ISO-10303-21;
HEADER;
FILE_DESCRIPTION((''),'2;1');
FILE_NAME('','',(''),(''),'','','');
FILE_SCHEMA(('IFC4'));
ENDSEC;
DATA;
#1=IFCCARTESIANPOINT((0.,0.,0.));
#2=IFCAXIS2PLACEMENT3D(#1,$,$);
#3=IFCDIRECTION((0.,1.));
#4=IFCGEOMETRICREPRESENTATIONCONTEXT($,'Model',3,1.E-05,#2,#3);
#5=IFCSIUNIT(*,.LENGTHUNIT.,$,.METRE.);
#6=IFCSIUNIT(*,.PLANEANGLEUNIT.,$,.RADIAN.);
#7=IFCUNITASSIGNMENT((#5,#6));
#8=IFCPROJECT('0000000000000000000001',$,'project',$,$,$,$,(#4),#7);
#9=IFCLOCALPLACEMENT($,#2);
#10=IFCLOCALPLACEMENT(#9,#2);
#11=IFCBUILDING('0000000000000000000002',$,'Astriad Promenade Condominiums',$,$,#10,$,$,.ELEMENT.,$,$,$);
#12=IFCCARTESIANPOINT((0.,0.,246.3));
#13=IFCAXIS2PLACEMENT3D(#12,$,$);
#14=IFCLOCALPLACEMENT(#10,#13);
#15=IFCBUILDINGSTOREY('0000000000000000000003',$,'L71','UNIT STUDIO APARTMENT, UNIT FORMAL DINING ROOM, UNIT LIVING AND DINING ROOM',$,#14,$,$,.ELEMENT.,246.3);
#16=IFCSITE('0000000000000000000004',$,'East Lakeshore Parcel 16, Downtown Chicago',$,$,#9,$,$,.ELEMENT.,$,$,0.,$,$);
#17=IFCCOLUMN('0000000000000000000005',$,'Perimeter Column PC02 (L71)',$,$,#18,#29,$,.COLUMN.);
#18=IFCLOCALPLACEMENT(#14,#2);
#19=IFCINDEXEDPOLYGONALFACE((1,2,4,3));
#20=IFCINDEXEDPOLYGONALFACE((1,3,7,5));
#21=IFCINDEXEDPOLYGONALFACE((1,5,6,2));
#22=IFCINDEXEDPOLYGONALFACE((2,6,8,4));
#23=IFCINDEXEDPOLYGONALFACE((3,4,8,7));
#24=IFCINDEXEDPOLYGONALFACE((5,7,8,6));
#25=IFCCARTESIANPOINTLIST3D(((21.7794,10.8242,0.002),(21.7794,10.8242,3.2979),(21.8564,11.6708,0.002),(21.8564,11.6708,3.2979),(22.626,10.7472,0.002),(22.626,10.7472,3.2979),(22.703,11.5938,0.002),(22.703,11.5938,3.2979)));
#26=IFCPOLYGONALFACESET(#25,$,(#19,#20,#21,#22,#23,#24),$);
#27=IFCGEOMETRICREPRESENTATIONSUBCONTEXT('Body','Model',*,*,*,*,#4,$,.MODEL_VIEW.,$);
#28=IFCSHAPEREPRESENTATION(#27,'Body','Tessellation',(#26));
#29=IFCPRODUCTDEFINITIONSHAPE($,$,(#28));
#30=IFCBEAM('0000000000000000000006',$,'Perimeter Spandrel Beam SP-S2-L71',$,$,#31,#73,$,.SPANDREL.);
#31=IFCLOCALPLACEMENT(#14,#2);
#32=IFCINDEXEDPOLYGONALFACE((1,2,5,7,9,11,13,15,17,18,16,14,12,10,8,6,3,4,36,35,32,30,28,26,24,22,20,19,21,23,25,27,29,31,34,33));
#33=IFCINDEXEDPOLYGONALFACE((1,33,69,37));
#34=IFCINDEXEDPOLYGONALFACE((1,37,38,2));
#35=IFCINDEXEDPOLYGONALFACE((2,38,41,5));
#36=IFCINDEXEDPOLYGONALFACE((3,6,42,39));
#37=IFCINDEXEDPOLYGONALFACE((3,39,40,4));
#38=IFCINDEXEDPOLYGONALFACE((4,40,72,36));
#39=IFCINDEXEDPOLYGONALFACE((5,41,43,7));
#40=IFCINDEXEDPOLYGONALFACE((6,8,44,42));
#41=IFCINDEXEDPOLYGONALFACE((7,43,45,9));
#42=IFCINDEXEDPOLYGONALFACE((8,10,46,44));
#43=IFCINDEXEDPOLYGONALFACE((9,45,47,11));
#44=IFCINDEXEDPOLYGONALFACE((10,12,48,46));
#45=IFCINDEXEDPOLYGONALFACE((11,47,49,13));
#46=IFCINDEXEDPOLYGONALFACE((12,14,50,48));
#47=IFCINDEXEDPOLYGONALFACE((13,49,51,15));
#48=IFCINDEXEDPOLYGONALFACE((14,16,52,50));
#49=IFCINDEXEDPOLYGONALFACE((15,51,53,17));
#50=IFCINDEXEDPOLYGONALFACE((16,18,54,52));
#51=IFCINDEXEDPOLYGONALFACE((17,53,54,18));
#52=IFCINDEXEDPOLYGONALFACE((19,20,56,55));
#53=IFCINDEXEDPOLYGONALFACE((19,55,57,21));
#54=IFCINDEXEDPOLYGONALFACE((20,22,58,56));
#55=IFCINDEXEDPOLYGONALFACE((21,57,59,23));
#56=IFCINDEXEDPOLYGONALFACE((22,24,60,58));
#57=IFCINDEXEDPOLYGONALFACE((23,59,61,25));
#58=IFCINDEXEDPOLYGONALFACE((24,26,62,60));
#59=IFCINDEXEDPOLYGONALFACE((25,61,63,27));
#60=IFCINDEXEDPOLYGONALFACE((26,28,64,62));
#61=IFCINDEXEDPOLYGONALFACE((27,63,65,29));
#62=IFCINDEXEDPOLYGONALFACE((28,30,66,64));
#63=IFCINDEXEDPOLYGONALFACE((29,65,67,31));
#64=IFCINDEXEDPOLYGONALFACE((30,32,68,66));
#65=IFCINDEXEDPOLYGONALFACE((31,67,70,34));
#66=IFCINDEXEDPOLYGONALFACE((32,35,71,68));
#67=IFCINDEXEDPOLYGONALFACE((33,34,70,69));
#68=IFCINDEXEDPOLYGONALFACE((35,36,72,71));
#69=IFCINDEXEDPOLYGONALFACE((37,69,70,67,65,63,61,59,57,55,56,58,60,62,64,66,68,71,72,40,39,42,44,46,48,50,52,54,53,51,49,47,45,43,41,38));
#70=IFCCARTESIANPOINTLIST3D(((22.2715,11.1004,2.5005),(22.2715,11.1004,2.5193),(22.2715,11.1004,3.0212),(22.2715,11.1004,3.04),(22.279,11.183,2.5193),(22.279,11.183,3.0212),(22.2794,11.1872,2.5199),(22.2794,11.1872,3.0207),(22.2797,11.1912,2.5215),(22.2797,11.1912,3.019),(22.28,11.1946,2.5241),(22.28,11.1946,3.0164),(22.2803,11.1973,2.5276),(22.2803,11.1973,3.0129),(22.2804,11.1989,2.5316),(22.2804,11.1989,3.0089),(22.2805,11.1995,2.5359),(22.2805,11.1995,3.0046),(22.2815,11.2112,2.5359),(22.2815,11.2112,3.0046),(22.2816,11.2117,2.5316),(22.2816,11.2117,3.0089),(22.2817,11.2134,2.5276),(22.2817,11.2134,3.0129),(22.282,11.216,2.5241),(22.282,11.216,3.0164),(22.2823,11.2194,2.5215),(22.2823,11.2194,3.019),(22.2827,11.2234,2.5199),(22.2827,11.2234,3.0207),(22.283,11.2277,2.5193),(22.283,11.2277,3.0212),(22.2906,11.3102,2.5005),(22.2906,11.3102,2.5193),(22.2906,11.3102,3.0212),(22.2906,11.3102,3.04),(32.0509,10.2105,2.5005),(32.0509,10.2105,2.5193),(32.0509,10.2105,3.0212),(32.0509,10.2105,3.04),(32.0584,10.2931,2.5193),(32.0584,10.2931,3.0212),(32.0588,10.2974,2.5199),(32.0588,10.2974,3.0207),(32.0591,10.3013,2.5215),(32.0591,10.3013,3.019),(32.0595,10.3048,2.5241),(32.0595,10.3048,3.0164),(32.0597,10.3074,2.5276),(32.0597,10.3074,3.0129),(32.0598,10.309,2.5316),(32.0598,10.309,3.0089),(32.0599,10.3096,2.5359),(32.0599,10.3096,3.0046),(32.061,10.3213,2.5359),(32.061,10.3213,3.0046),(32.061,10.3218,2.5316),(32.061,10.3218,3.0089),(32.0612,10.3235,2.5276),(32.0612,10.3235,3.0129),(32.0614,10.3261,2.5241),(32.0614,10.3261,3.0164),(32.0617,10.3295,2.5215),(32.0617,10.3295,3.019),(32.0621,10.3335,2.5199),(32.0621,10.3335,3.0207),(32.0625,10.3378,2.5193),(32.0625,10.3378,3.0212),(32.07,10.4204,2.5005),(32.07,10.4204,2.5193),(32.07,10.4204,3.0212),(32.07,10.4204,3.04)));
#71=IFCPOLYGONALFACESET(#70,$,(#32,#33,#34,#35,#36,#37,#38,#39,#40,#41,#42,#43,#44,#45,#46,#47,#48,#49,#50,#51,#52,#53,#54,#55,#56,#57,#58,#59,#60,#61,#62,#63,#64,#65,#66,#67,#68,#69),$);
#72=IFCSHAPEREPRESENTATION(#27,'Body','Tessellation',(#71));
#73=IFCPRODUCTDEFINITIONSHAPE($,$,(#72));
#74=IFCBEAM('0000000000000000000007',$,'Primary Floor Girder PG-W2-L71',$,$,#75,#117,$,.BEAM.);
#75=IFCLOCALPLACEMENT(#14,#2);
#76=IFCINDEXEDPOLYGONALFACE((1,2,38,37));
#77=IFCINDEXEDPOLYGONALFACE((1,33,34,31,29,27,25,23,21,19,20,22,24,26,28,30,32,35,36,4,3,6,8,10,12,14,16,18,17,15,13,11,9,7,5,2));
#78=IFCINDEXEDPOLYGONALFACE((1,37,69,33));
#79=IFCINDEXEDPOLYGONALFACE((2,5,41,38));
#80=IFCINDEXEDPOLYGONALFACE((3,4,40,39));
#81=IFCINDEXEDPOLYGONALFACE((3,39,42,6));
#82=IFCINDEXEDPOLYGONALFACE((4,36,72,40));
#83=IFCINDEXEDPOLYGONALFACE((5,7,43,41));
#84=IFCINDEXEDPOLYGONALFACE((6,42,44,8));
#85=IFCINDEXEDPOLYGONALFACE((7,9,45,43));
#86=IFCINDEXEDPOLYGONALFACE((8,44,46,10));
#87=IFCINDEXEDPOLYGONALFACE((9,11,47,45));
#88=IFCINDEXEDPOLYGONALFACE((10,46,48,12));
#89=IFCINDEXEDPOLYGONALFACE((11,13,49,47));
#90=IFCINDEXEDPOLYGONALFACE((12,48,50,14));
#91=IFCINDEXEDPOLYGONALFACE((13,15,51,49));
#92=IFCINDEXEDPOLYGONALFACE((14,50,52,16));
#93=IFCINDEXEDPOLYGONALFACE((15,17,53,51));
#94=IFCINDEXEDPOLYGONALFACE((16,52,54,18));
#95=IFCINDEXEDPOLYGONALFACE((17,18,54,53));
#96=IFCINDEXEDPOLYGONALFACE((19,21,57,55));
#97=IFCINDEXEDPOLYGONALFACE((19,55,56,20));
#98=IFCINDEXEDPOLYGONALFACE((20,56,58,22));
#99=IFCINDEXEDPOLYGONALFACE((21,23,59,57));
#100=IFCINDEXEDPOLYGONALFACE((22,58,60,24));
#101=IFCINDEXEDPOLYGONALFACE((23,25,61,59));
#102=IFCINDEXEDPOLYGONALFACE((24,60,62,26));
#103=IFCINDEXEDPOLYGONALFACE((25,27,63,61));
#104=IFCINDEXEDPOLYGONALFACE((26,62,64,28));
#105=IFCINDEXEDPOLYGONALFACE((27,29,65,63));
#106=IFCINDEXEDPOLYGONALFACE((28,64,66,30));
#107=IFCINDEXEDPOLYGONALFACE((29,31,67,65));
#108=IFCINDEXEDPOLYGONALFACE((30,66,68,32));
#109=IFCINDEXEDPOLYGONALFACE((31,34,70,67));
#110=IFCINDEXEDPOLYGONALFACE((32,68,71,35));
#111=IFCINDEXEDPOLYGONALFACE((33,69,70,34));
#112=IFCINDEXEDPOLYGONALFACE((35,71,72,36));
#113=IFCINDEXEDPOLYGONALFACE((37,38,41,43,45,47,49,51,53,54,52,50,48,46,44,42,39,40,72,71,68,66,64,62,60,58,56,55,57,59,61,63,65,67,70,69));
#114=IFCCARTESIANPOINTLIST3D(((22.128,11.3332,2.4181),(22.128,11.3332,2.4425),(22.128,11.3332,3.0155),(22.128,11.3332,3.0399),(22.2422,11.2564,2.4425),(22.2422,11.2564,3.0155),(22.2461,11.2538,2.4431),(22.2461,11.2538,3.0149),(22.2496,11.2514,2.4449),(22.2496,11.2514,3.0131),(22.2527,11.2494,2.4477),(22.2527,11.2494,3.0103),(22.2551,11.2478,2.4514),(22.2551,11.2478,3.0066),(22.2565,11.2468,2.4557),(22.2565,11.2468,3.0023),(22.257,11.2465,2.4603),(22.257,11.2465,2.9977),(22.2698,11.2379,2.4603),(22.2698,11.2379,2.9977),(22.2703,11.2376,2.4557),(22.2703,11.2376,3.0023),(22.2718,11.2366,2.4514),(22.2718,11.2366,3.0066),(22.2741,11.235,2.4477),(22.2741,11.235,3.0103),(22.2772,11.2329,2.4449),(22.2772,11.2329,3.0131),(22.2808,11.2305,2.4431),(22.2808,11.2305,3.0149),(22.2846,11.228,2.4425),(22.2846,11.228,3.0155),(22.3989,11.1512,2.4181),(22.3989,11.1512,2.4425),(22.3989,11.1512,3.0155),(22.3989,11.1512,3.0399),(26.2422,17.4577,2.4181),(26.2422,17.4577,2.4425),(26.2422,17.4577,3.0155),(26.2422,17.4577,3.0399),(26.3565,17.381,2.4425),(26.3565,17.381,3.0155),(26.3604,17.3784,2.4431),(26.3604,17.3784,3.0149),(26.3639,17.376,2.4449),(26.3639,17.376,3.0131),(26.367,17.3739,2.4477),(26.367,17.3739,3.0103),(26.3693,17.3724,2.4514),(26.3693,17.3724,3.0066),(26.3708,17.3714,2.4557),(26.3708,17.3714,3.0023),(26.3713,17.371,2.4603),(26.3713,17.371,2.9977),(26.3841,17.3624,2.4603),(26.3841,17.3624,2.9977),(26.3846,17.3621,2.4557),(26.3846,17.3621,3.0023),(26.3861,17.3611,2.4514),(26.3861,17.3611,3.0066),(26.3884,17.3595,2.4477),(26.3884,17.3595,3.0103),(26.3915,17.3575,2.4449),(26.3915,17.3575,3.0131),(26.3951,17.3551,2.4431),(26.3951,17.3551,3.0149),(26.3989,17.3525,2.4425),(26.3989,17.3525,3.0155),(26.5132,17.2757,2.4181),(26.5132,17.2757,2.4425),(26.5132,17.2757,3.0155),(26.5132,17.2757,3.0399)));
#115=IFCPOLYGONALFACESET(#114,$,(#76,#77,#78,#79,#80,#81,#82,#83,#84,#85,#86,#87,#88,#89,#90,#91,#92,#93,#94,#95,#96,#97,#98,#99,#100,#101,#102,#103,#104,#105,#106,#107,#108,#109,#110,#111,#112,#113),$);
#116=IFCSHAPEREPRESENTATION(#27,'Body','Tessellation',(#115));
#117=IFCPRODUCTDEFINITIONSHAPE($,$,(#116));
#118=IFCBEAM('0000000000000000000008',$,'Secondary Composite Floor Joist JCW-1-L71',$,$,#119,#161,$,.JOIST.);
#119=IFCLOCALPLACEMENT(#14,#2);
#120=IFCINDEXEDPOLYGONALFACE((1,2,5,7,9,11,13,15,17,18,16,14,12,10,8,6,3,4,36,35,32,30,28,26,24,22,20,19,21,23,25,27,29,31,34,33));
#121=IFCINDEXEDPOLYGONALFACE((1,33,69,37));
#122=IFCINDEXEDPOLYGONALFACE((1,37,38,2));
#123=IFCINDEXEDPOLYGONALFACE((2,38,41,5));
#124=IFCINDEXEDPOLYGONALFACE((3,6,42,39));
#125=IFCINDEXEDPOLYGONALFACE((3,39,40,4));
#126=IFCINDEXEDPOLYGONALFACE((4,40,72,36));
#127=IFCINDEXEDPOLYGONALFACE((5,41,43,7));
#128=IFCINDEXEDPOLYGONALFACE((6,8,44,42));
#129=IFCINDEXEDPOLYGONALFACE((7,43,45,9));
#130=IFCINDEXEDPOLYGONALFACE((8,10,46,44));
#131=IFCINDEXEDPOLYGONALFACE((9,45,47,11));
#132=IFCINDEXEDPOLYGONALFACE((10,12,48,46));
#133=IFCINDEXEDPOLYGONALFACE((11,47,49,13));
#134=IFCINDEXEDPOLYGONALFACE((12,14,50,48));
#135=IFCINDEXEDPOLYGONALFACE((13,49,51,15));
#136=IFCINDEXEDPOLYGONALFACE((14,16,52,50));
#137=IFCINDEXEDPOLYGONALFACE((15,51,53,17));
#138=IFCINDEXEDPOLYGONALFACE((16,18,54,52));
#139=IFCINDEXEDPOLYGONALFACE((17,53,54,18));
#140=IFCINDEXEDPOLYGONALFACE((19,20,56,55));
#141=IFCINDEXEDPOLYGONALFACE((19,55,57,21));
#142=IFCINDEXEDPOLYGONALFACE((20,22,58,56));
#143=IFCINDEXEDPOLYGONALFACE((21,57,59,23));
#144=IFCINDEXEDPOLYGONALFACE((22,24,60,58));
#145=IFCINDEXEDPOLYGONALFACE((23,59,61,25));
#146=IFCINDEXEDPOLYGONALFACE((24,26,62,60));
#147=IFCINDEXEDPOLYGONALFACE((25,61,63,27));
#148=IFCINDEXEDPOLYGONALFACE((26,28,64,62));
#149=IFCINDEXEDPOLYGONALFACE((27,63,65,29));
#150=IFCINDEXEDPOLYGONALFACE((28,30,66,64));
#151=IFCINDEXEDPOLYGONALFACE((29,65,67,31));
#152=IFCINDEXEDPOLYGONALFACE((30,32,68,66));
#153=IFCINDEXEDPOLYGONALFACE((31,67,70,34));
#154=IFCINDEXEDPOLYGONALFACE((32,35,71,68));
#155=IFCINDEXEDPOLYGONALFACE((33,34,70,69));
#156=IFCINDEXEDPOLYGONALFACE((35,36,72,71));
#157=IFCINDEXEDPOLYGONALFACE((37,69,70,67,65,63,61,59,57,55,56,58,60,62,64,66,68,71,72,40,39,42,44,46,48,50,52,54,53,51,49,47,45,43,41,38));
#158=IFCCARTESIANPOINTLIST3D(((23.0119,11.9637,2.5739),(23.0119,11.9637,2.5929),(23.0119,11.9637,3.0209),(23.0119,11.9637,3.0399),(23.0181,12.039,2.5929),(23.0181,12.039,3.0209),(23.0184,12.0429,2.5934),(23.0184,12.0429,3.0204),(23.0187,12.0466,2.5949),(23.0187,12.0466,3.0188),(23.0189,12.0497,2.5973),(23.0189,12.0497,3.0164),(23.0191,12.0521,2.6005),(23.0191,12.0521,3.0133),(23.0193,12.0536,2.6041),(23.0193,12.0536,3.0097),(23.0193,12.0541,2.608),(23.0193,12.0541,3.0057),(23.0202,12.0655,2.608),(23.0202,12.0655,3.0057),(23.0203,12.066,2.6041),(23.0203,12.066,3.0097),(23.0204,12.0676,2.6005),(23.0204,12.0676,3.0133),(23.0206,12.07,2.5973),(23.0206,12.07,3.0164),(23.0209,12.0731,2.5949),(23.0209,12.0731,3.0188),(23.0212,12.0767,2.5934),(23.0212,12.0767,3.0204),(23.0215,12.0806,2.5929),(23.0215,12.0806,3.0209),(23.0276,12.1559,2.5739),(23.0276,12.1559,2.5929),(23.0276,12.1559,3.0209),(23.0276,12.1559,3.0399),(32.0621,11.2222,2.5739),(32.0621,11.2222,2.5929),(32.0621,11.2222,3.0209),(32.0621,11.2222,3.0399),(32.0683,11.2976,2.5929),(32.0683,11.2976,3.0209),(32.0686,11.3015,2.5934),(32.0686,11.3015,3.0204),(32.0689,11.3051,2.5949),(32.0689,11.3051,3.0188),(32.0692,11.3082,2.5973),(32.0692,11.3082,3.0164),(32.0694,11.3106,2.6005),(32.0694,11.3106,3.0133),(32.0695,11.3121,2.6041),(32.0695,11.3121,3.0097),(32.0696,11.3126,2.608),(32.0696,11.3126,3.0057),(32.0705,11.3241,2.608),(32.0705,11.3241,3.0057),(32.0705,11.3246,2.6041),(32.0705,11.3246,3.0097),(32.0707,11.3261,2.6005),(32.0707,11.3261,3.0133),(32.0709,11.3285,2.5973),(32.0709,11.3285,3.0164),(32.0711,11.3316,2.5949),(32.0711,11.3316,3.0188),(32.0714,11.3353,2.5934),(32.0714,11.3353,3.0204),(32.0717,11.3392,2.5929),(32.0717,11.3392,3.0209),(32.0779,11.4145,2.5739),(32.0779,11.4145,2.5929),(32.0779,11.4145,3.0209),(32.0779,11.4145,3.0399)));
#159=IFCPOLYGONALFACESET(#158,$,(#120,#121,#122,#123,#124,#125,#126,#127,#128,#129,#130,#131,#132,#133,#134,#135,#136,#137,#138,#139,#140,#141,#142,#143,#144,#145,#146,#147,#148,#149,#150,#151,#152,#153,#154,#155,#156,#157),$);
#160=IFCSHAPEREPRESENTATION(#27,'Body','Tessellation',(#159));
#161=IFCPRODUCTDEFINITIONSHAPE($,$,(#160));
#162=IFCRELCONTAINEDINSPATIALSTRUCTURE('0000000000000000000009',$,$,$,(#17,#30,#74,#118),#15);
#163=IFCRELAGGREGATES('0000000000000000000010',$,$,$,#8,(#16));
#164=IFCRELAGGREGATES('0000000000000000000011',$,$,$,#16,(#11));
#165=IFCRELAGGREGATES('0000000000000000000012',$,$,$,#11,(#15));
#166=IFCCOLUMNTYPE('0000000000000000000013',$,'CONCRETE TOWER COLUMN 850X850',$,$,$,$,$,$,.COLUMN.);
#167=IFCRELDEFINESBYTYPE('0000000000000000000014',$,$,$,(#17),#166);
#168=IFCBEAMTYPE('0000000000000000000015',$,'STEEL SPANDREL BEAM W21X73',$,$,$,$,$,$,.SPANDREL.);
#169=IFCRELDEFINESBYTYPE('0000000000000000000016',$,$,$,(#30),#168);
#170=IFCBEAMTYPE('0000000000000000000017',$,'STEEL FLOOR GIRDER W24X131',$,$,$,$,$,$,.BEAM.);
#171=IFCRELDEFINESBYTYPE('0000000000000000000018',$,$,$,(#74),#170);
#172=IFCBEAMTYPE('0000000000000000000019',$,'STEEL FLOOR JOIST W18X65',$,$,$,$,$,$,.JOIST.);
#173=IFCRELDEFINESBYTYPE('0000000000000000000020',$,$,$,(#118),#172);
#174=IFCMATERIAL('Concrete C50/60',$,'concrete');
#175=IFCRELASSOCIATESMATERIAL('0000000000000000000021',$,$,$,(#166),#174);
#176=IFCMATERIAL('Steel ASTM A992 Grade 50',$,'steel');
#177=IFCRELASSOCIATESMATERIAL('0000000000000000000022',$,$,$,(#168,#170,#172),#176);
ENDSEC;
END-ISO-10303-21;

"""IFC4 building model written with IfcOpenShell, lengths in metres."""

from ifc_helpers import new_model, si_unit, direction, frame, origin, origin_2d, place, context, subcontext, project, spatial, rectangle, i_section, extrude, source, transform, mapped, material, material_profile, profile_set, type_object, type_shapes, element, save


model = new_model("IFC4")

# Units and contexts
model_context = context("Model", 3, precision=1e-05, world=origin(), true_north=direction((0.0, 1.0)))
body_context = subcontext(model_context, "Body", "Model", "MODEL_VIEW")
ifc_project = project(units=[si_unit("LENGTHUNIT", "METRE"), si_unit("PLANEANGLEUNIT", "RADIAN")], contexts=[model_context])

# Site, building, storey
site_placement = place(None, origin())
site = spatial("IfcSite", under=ifc_project, at=site_placement, Name="East Lakeshore Parcel 16, Downtown Chicago", CompositionType="ELEMENT", RefElevation=0.0)
building_placement = place(site_placement, origin())
building = spatial("IfcBuilding", under=site, at=building_placement, Name="Astriad Promenade Condominiums", CompositionType="ELEMENT")
storey_placement = place(building_placement, frame((0.0, 0.0, 246.3)))
storey = spatial("IfcBuildingStorey", under=building, at=storey_placement, Name="L71", Description="UNIT STUDIO APARTMENT, UNIT FORMAL DINING ROOM, UNIT LIVING AND DINING ROOM", CompositionType="ELEMENT", Elevation=246.3)

# Column
ifc_material_1 = material(Name="Concrete C50/60", Category="concrete")
ifc_material_profile_1 = material_profile(ifc_material_1, rectangle(XDim=0.8501, YDim=0.8501, at=origin_2d()), Name="RC-COL-850X850")
ifc_profile_set_1 = profile_set([ifc_material_profile_1], Name="Concrete C50/60")
column_type = type_object("IfcColumnType", Name="CONCRETE TOWER COLUMN 850X850", PredefinedType="COLUMN", material=ifc_profile_set_1)
shared_shape_1 = source(origin(), body_context, "Body", "SweptSolid", [
    extrude(rectangle(XDim=0.8501, YDim=0.8501, at=origin_2d()), origin(), (0.0, 0.0, 1.0), 3.2959),
])
type_shapes(column_type, [shared_shape_1])
column_placement = place(storey_placement, frame((22.2412, 11.209, 0.002), z_axis=(0.0, 0.0, 1.0), x_axis=(0.995884, -0.090633, 0.0)))
element("IfcColumn", 1, at=column_placement, inside=storey, type_object=column_type, Name="Perimeter Column PC02 (L71)", PredefinedType="COLUMN", context=body_context, shape_type="MappedRepresentation", body=[
    mapped(shared_shape_1, transform((0.0, 0.0, 0.0), scale=1.0)),
])

# Beams
ifc_material_2 = material(Name="Steel ASTM A992 Grade 50", Category="steel")
ifc_material_profile_2 = material_profile(ifc_material_2, i_section(OverallWidth=0.2107, OverallDepth=0.5396, WebThickness=0.0117, FlangeThickness=0.0188, FilletRadius=0.0166, at=origin_2d()), Name="W21X73")
ifc_profile_set_2 = profile_set([ifc_material_profile_2], Name="Steel ASTM A992 Grade 50")
beam_type_1 = type_object("IfcBeamType", Name="STEEL SPANDREL BEAM W21X73", PredefinedType="SPANDREL", material=ifc_profile_set_2)
shared_shape_2 = source(origin(), body_context, "Body", "SweptSolid", [
    extrude(i_section(OverallWidth=0.2107, OverallDepth=0.5396, WebThickness=0.0117, FlangeThickness=0.0188, FilletRadius=0.0166, at=origin_2d()), origin(), (0.0, 0.0, 1.0), 9.8198),
])
type_shapes(beam_type_1, [shared_shape_2])
beam_1_placement = place(storey_placement, frame((22.281, 11.2053, 2.7703), z_axis=(0.995885, -0.090621, 0.0), x_axis=(0.090621, 0.995885, 0.0)))
element("IfcBeam", 2, at=beam_1_placement, inside=storey, type_object=beam_type_1, Name="Perimeter Spandrel Beam SP-S2-L71", PredefinedType="SPANDREL", context=body_context, shape_type="MappedRepresentation", body=[
    mapped(shared_shape_2, transform((0.0, 0.0, 0.0), scale=1.0)),
])
ifc_material_profile_3 = material_profile(ifc_material_2, i_section(OverallWidth=0.3264, OverallDepth=0.6218, WebThickness=0.0154, FlangeThickness=0.0244, FilletRadius=0.0178, at=origin_2d()), Name="W24X131")
ifc_profile_set_3 = profile_set([ifc_material_profile_3], Name="Steel ASTM A992 Grade 50")
beam_type_2 = type_object("IfcBeamType", Name="STEEL FLOOR GIRDER W24X131", PredefinedType="BEAM", material=ifc_profile_set_3)
shared_shape_3 = source(origin(), body_context, "Body", "SweptSolid", [
    extrude(i_section(OverallWidth=0.3264, OverallDepth=0.6218, WebThickness=0.0154, FlangeThickness=0.0244, FilletRadius=0.0178, at=origin_2d()), origin(), (0.0, 0.0, 1.0), 7.3782),
])
type_shapes(beam_type_2, [shared_shape_3])
beam_2_placement = place(storey_placement, frame((22.2634, 11.2422, 2.729), z_axis=(0.557629, 0.83009, 0.0), x_axis=(-0.83009, 0.557629, 0.0)))
element("IfcBeam", 3, at=beam_2_placement, inside=storey, type_object=beam_type_2, Name="Primary Floor Girder PG-W2-L71", PredefinedType="BEAM", context=body_context, shape_type="MappedRepresentation", body=[
    mapped(shared_shape_3, transform((0.0, 0.0, 0.0), scale=1.0)),
])
ifc_material_profile_4 = material_profile(ifc_material_2, i_section(OverallWidth=0.1929, OverallDepth=0.4661, WebThickness=0.0115, FlangeThickness=0.019, FilletRadius=0.0151, at=origin_2d()), Name="W18X65")
ifc_profile_set_4 = profile_set([ifc_material_profile_4], Name="Steel ASTM A992 Grade 50")
beam_type_3 = type_object("IfcBeamType", Name="STEEL FLOOR JOIST W18X65", PredefinedType="JOIST", material=ifc_profile_set_4)
shared_shape_4 = source(origin(), body_context, "Body", "SweptSolid", [
    extrude(i_section(OverallWidth=0.1929, OverallDepth=0.4661, WebThickness=0.0115, FlangeThickness=0.019, FilletRadius=0.0151, at=origin_2d()), origin(), (0.0, 0.0, 1.0), 9.0806),
])
beam_3_placement = place(storey_placement, frame((23.0198, 12.0598, 2.8069), z_axis=(0.996661, -0.081653, 0.0), x_axis=(0.081653, 0.996661, 0.0)))
element("IfcBeam", 4, at=beam_3_placement, inside=storey, type_object=beam_type_3, Name="Secondary Composite Floor Joist JCW-1-L71", PredefinedType="JOIST", context=body_context, shape_type="MappedRepresentation", body=[
    mapped(shared_shape_4, transform((0.0, 0.0, 0.0), scale=1.0)),
])

save(model, "model.ifc")
